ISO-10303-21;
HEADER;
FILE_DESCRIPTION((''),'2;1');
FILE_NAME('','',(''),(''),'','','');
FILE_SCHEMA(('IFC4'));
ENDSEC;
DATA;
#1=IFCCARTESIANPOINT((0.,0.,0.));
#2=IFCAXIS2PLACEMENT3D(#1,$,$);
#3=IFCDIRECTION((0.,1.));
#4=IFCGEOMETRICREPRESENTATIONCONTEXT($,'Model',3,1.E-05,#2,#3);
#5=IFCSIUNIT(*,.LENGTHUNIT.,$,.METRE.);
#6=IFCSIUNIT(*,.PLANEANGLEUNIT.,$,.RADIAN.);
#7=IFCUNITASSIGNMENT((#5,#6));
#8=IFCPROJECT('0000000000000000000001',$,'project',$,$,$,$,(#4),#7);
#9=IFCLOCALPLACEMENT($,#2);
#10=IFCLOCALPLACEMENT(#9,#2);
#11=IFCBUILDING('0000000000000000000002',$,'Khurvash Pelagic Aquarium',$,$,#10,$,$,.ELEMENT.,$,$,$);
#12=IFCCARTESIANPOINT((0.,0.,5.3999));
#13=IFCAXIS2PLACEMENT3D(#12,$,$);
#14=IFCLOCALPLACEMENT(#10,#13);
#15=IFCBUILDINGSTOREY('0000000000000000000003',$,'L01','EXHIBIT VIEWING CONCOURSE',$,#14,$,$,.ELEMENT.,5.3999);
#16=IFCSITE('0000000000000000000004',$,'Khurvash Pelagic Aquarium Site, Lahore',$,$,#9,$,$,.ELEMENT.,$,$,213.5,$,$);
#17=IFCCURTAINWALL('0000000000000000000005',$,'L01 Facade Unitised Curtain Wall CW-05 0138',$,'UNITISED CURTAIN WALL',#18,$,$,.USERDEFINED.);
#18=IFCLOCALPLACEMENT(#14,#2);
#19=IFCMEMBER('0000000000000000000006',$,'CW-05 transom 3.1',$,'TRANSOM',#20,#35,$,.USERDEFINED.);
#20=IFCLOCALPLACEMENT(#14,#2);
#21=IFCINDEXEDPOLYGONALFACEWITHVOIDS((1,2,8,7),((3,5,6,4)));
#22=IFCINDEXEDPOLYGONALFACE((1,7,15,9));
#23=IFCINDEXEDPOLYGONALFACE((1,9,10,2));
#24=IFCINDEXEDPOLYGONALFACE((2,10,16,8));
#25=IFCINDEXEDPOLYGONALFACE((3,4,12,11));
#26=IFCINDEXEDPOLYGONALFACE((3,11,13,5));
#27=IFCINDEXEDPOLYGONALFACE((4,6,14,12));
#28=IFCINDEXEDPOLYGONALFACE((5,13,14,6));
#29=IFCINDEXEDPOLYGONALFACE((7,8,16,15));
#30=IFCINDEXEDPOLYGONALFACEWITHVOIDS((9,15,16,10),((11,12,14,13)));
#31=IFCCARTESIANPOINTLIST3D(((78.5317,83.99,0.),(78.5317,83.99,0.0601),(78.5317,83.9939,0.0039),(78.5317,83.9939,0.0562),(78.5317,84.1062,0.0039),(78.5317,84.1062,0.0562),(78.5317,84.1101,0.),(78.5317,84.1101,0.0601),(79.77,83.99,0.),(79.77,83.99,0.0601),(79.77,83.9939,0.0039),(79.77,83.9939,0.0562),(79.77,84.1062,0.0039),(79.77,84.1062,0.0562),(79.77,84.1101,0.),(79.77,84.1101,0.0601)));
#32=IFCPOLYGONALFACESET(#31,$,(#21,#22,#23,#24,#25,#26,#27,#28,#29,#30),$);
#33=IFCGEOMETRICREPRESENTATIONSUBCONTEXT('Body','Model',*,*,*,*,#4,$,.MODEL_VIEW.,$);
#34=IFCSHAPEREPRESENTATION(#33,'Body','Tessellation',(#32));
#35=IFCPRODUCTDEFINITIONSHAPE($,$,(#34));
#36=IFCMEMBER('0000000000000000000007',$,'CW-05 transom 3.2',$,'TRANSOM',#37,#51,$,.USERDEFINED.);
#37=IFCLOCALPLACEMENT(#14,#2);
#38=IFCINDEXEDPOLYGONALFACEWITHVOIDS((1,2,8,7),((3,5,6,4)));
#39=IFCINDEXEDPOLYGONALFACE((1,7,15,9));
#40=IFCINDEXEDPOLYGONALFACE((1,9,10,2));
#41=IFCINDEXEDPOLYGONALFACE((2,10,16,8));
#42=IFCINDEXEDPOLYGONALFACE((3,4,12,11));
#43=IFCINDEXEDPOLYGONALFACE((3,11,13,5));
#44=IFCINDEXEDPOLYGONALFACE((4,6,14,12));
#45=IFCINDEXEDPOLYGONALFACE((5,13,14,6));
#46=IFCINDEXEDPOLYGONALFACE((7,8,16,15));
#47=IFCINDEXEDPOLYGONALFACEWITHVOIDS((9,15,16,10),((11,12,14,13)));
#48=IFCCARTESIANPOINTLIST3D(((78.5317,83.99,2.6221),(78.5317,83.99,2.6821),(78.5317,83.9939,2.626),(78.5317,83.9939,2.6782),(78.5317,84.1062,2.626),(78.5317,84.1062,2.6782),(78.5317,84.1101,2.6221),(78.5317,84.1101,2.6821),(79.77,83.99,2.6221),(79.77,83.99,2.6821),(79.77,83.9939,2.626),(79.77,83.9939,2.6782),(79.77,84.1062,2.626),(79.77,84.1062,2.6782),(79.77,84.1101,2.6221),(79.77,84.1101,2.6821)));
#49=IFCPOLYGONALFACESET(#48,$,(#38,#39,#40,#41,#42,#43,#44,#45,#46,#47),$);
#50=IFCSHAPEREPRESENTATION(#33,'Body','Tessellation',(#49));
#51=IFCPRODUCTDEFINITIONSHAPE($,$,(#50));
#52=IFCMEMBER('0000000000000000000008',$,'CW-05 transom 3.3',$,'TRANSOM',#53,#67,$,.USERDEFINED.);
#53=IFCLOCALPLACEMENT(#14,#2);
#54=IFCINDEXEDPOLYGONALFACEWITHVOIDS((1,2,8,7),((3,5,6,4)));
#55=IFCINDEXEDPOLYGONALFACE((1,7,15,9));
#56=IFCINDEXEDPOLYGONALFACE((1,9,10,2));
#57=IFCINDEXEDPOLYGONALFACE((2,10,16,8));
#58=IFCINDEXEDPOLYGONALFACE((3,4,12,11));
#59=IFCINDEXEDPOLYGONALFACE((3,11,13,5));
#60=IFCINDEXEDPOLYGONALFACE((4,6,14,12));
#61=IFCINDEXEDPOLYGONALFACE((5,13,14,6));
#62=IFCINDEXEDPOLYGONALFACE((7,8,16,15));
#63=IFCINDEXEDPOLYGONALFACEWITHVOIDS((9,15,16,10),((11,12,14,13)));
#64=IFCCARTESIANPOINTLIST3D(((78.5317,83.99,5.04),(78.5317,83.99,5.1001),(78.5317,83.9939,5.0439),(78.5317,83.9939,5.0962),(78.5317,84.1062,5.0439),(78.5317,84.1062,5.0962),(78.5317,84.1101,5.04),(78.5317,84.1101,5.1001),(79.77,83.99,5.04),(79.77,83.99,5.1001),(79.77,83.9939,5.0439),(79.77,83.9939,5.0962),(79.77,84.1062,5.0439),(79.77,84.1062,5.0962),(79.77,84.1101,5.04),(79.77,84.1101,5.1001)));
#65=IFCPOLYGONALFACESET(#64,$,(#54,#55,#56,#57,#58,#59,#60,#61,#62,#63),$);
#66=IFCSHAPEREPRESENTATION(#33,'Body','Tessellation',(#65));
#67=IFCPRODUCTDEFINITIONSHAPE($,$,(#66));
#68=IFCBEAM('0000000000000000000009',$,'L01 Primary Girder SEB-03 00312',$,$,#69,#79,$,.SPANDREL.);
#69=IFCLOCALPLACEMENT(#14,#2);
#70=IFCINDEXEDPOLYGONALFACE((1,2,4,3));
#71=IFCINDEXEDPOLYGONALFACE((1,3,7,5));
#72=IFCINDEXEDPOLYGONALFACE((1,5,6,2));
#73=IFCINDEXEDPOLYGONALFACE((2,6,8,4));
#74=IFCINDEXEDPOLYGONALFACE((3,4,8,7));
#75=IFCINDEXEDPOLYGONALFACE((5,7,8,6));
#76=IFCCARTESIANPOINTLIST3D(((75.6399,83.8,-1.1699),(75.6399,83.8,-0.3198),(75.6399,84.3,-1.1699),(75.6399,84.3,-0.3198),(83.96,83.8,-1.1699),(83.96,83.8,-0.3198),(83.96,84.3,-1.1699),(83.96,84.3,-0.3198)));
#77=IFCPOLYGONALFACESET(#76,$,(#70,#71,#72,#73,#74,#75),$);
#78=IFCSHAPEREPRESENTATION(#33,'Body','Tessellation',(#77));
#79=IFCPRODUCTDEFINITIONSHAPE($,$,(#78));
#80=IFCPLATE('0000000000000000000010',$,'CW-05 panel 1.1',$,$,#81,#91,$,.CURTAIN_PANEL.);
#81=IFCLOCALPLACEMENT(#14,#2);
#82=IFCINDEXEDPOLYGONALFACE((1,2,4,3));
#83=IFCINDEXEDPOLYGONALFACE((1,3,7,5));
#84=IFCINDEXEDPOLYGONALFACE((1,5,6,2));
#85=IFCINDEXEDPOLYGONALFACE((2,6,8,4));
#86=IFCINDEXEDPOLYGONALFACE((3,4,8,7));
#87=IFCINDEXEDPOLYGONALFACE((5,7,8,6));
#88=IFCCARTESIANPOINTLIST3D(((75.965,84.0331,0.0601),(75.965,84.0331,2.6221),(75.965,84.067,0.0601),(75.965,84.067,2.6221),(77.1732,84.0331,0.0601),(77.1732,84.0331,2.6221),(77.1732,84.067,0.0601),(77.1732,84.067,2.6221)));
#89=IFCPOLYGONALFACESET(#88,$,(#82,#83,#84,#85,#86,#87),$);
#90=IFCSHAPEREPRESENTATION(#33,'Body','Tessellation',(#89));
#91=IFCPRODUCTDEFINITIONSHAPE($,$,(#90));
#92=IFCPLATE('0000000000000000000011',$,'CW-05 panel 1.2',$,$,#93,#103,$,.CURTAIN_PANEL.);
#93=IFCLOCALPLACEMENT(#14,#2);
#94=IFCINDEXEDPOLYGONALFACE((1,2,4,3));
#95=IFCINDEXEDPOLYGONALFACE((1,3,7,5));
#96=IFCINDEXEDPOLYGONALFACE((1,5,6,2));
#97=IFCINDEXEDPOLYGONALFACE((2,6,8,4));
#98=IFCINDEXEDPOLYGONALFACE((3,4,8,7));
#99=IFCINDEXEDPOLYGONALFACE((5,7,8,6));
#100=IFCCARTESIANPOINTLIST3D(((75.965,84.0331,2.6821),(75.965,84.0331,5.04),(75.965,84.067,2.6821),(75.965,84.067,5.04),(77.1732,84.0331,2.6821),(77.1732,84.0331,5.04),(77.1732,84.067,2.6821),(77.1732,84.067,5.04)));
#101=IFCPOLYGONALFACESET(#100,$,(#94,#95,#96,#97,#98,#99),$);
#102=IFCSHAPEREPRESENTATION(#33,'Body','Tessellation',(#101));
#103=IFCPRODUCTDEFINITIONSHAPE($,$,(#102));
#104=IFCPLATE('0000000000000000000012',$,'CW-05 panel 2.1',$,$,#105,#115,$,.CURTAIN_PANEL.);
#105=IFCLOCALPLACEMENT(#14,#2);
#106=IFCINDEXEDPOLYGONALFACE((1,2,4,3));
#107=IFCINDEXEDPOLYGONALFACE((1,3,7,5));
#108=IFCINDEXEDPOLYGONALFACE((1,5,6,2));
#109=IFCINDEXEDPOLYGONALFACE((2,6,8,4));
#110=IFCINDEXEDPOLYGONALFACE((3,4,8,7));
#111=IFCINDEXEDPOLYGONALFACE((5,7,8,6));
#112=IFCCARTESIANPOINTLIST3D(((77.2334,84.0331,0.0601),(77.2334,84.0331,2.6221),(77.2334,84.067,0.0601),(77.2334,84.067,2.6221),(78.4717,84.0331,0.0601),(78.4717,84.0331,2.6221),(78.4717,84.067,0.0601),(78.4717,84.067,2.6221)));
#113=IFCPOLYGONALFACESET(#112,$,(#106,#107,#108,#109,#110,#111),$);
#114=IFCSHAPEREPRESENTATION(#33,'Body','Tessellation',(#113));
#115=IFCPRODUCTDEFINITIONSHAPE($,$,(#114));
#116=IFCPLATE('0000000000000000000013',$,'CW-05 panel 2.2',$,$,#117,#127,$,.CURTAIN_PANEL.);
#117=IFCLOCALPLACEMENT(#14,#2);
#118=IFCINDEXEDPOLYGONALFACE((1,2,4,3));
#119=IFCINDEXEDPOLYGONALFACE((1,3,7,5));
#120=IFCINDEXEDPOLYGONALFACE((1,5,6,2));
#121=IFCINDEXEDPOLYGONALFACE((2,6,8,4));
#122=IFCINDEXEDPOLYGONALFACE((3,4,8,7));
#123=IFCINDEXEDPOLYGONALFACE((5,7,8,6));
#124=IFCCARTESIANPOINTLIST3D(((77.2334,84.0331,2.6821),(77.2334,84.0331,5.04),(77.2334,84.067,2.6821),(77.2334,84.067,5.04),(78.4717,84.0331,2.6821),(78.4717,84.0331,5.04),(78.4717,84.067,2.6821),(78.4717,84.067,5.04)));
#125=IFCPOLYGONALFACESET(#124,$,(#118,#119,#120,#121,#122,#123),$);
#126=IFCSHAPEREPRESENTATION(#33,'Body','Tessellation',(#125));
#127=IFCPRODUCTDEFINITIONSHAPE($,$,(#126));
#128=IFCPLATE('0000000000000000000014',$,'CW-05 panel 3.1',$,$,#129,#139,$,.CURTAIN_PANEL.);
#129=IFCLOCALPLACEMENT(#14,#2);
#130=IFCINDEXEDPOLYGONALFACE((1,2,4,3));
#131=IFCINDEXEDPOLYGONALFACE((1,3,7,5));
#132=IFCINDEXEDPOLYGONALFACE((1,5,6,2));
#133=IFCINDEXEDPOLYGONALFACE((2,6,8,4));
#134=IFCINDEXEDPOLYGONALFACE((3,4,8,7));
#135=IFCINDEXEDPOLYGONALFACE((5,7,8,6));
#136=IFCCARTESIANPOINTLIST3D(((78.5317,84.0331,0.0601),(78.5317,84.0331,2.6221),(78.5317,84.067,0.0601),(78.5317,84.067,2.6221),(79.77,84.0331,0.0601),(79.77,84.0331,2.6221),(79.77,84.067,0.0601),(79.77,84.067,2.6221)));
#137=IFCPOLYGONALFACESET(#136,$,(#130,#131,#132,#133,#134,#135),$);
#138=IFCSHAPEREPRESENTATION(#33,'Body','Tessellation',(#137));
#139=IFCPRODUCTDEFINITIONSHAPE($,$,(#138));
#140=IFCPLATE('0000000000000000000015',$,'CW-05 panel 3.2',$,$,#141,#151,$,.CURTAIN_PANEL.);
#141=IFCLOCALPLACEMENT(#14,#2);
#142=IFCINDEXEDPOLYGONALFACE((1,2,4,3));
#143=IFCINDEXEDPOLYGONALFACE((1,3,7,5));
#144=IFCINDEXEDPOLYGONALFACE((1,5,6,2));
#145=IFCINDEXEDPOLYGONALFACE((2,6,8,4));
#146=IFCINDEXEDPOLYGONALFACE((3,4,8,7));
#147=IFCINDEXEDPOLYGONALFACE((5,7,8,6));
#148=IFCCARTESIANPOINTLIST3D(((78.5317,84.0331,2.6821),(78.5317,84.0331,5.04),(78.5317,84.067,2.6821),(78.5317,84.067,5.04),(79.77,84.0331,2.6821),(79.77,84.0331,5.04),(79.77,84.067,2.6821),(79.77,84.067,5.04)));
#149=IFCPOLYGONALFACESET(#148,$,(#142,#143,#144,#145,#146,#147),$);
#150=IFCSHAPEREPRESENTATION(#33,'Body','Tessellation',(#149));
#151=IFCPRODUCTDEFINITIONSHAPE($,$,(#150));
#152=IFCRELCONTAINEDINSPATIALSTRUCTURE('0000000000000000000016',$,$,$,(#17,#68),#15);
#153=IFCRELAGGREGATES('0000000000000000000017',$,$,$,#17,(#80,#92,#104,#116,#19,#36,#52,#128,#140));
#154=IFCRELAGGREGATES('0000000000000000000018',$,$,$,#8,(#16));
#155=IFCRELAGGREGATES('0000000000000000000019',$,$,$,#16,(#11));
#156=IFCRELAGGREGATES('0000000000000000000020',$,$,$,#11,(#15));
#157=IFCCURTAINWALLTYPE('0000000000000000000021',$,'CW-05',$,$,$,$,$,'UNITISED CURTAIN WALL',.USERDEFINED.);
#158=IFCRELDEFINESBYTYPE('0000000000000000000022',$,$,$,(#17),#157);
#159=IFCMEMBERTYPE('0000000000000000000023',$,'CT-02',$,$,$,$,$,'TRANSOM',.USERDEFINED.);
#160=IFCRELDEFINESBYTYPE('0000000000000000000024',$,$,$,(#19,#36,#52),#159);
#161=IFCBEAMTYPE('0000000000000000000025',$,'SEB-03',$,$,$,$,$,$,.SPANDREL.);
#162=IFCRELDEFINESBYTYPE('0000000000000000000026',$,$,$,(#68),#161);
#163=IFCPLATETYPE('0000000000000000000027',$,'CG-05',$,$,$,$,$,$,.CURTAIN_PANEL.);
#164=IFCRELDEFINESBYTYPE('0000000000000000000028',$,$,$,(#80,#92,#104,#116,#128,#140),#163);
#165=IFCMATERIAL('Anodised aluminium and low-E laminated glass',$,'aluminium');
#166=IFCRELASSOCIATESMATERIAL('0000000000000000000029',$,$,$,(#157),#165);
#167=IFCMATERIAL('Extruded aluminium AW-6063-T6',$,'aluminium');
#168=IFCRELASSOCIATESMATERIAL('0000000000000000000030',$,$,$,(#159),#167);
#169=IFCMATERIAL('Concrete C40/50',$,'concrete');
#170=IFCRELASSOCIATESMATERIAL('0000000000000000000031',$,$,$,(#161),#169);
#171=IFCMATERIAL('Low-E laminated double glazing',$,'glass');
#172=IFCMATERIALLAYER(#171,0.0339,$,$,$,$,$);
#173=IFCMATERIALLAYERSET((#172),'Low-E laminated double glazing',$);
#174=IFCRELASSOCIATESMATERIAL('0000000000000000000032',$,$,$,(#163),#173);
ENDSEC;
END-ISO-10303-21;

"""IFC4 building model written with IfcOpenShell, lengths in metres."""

from ifc_helpers import new_model, si_unit, direction, frame, origin, origin_2d, place, context, subcontext, project, spatial, rectangle, hollow_rectangle, extrude, material, layer, layer_set, material_profile, profile_set, type_object, element, aggregate, save


model = new_model("IFC4")

# Units and contexts
model_context = context("Model", 3, precision=1e-05, world=origin(), true_north=direction((0.0, 1.0)))
body_context = subcontext(model_context, "Body", "Model", "MODEL_VIEW")
ifc_project = project(units=[si_unit("LENGTHUNIT", "METRE"), si_unit("PLANEANGLEUNIT", "RADIAN")], contexts=[model_context])

# Site, building, storey
site_placement = place(None, origin())
site = spatial("IfcSite", under=ifc_project, at=site_placement, Name="Khurvash Pelagic Aquarium Site, Lahore", CompositionType="ELEMENT", RefElevation=213.5)
building_placement = place(site_placement, origin())
building = spatial("IfcBuilding", under=site, at=building_placement, Name="Khurvash Pelagic Aquarium", CompositionType="ELEMENT")
storey_placement = place(building_placement, frame((0.0, 0.0, 5.3999)))
storey = spatial("IfcBuildingStorey", under=building, at=storey_placement, Name="L01", Description="EXHIBIT VIEWING CONCOURSE", CompositionType="ELEMENT", Elevation=5.3999)

# Shared definitions
ifc_material_1 = material(Name="Concrete C40/50", Category="concrete")

# Curtain wall, members
ifc_material_2 = material(Name="Anodised aluminium and low-E laminated glass", Category="aluminium")
curtain_wall_type = type_object("IfcCurtainWallType", Name="CW-05", ElementType="UNITISED CURTAIN WALL", PredefinedType="USERDEFINED", material=ifc_material_2)
curtain_wall_placement = place(storey_placement, origin())
curtain_wall = element("IfcCurtainWall", 1, at=curtain_wall_placement, inside=storey, type_object=curtain_wall_type, Name="L01 Facade Unitised Curtain Wall CW-05 0138", ObjectType="UNITISED CURTAIN WALL", PredefinedType="USERDEFINED")
ifc_material_3 = material(Name="Extruded aluminium AW-6063-T6", Category="aluminium")
ifc_material_profile_1 = material_profile(ifc_material_3, hollow_rectangle(XDim=0.1201, YDim=0.0601, WallThickness=0.0039, at=origin_2d()), Name="CWT120X60X4")
ifc_profile_set_1 = profile_set([ifc_material_profile_1], Name="Extruded aluminium AW-6063-T6")
member_type_1 = type_object("IfcMemberType", Name="CT-02", ElementType="TRANSOM", PredefinedType="USERDEFINED", material=ifc_profile_set_1)
member_1_placement = place(storey_placement, frame((78.5317, 84.05, 0.03), z_axis=(1.0, 0.0, 0.0), x_axis=(0.0, 1.0, 0.0)))
member_1 = element("IfcMember", 2, at=member_1_placement, type_object=member_type_1, Name="CW-05 transom 3.1", ObjectType="TRANSOM", PredefinedType="USERDEFINED", context=body_context, shape_type="SweptSolid", body=[
    extrude(hollow_rectangle(XDim=0.1201, YDim=0.0601, WallThickness=0.0039, at=origin_2d()), origin(), (0.0, 0.0, 1.0), 1.2383),
])
member_2_placement = place(storey_placement, frame((78.5317, 84.05, 2.6521), z_axis=(1.0, 0.0, 0.0), x_axis=(0.0, 1.0, 0.0)))
member_2 = element("IfcMember", 3, at=member_2_placement, type_object=member_type_1, Name="CW-05 transom 3.2", ObjectType="TRANSOM", PredefinedType="USERDEFINED", context=body_context, shape_type="SweptSolid", body=[
    extrude(hollow_rectangle(XDim=0.1201, YDim=0.0601, WallThickness=0.0039, at=origin_2d()), origin(), (0.0, 0.0, 1.0), 1.2383),
])
member_3_placement = place(storey_placement, frame((78.5317, 84.05, 5.0701), z_axis=(1.0, 0.0, 0.0), x_axis=(0.0, 1.0, 0.0)))
member_3 = element("IfcMember", 4, at=member_3_placement, type_object=member_type_1, Name="CW-05 transom 3.3", ObjectType="TRANSOM", PredefinedType="USERDEFINED", context=body_context, shape_type="SweptSolid", body=[
    extrude(hollow_rectangle(XDim=0.1201, YDim=0.0601, WallThickness=0.0039, at=origin_2d()), origin(), (0.0, 0.0, 1.0), 1.2383),
])

# Beam
ifc_material_profile_2 = material_profile(ifc_material_1, rectangle(XDim=0.5, YDim=0.8501, at=origin_2d()), Name="RC500X850")
ifc_profile_set_2 = profile_set([ifc_material_profile_2], Name="Concrete C40/50")
beam_type = type_object("IfcBeamType", Name="SEB-03", PredefinedType="SPANDREL", material=ifc_profile_set_2)
beam_placement = place(storey_placement, frame((75.6399, 84.05, -0.7449), z_axis=(1.0, 0.0, 0.0), x_axis=(0.0, 1.0, 0.0)))
element("IfcBeam", 5, at=beam_placement, inside=storey, type_object=beam_type, Name="L01 Primary Girder SEB-03 00312", PredefinedType="SPANDREL", context=body_context, shape_type="SweptSolid", body=[
    extrude(rectangle(XDim=0.5, YDim=0.8501, at=origin_2d()), origin(), (0.0, 0.0, 1.0), 8.3201),
])

# Plates
ifc_material_4 = material(Name="Low-E laminated double glazing", Category="glass")
ifc_layer = layer(ifc_material_4, 0.0339)
ifc_layer_set = layer_set([ifc_layer], Name="Low-E laminated double glazing")
plate_type = type_object("IfcPlateType", Name="CG-05", PredefinedType="CURTAIN_PANEL", material=ifc_layer_set)
plate_1_placement = place(storey_placement, frame((76.5691, 84.05, 0.0601), z_axis=(0.0, 0.0, 1.0), x_axis=(1.0, 0.0, 0.0)))
plate_1 = element("IfcPlate", 6, at=plate_1_placement, type_object=plate_type, Name="CW-05 panel 1.1", PredefinedType="CURTAIN_PANEL", context=body_context, shape_type="SweptSolid", body=[
    extrude(rectangle(XDim=1.2083, YDim=0.0339, at=origin_2d()), origin(), (0.0, 0.0, 1.0), 2.562),
])
plate_2_placement = place(storey_placement, frame((76.5691, 84.05, 2.6821), z_axis=(0.0, 0.0, 1.0), x_axis=(1.0, 0.0, 0.0)))
plate_2 = element("IfcPlate", 7, at=plate_2_placement, type_object=plate_type, Name="CW-05 panel 1.2", PredefinedType="CURTAIN_PANEL", context=body_context, shape_type="SweptSolid", body=[
    extrude(rectangle(XDim=1.2083, YDim=0.0339, at=origin_2d()), origin(), (0.0, 0.0, 1.0), 2.3579),
])
plate_3_placement = place(storey_placement, frame((77.8525, 84.05, 0.0601), z_axis=(0.0, 0.0, 1.0), x_axis=(1.0, 0.0, 0.0)))
plate_3 = element("IfcPlate", 8, at=plate_3_placement, type_object=plate_type, Name="CW-05 panel 2.1", PredefinedType="CURTAIN_PANEL", context=body_context, shape_type="SweptSolid", body=[
    extrude(rectangle(XDim=1.2383, YDim=0.0339, at=origin_2d()), origin(), (0.0, 0.0, 1.0), 2.562),
])
plate_4_placement = place(storey_placement, frame((77.8525, 84.05, 2.6821), z_axis=(0.0, 0.0, 1.0), x_axis=(1.0, 0.0, 0.0)))
plate_4 = element("IfcPlate", 9, at=plate_4_placement, type_object=plate_type, Name="CW-05 panel 2.2", PredefinedType="CURTAIN_PANEL", context=body_context, shape_type="SweptSolid", body=[
    extrude(rectangle(XDim=1.2383, YDim=0.0339, at=origin_2d()), origin(), (0.0, 0.0, 1.0), 2.3579),
])
plate_5_placement = place(storey_placement, frame((79.1509, 84.05, 0.0601), z_axis=(0.0, 0.0, 1.0), x_axis=(1.0, 0.0, 0.0)))
plate_5 = element("IfcPlate", 10, at=plate_5_placement, type_object=plate_type, Name="CW-05 panel 3.1", PredefinedType="CURTAIN_PANEL", context=body_context, shape_type="SweptSolid", body=[
    extrude(rectangle(XDim=1.2383, YDim=0.0339, at=origin_2d()), origin(), (0.0, 0.0, 1.0), 2.562),
])
plate_6_placement = place(storey_placement, frame((79.1509, 84.05, 2.6821), z_axis=(0.0, 0.0, 1.0), x_axis=(1.0, 0.0, 0.0)))
plate_6 = element("IfcPlate", 11, at=plate_6_placement, type_object=plate_type, Name="CW-05 panel 3.2", PredefinedType="CURTAIN_PANEL", context=body_context, shape_type="SweptSolid", body=[
    extrude(rectangle(XDim=1.2383, YDim=0.0339, at=origin_2d()), origin(), (0.0, 0.0, 1.0), 2.3579),
])
aggregate(curtain_wall, [plate_1, plate_2, plate_3, plate_4, member_1, member_2, member_3, plate_5, plate_6])

save(model, "model.ifc")
